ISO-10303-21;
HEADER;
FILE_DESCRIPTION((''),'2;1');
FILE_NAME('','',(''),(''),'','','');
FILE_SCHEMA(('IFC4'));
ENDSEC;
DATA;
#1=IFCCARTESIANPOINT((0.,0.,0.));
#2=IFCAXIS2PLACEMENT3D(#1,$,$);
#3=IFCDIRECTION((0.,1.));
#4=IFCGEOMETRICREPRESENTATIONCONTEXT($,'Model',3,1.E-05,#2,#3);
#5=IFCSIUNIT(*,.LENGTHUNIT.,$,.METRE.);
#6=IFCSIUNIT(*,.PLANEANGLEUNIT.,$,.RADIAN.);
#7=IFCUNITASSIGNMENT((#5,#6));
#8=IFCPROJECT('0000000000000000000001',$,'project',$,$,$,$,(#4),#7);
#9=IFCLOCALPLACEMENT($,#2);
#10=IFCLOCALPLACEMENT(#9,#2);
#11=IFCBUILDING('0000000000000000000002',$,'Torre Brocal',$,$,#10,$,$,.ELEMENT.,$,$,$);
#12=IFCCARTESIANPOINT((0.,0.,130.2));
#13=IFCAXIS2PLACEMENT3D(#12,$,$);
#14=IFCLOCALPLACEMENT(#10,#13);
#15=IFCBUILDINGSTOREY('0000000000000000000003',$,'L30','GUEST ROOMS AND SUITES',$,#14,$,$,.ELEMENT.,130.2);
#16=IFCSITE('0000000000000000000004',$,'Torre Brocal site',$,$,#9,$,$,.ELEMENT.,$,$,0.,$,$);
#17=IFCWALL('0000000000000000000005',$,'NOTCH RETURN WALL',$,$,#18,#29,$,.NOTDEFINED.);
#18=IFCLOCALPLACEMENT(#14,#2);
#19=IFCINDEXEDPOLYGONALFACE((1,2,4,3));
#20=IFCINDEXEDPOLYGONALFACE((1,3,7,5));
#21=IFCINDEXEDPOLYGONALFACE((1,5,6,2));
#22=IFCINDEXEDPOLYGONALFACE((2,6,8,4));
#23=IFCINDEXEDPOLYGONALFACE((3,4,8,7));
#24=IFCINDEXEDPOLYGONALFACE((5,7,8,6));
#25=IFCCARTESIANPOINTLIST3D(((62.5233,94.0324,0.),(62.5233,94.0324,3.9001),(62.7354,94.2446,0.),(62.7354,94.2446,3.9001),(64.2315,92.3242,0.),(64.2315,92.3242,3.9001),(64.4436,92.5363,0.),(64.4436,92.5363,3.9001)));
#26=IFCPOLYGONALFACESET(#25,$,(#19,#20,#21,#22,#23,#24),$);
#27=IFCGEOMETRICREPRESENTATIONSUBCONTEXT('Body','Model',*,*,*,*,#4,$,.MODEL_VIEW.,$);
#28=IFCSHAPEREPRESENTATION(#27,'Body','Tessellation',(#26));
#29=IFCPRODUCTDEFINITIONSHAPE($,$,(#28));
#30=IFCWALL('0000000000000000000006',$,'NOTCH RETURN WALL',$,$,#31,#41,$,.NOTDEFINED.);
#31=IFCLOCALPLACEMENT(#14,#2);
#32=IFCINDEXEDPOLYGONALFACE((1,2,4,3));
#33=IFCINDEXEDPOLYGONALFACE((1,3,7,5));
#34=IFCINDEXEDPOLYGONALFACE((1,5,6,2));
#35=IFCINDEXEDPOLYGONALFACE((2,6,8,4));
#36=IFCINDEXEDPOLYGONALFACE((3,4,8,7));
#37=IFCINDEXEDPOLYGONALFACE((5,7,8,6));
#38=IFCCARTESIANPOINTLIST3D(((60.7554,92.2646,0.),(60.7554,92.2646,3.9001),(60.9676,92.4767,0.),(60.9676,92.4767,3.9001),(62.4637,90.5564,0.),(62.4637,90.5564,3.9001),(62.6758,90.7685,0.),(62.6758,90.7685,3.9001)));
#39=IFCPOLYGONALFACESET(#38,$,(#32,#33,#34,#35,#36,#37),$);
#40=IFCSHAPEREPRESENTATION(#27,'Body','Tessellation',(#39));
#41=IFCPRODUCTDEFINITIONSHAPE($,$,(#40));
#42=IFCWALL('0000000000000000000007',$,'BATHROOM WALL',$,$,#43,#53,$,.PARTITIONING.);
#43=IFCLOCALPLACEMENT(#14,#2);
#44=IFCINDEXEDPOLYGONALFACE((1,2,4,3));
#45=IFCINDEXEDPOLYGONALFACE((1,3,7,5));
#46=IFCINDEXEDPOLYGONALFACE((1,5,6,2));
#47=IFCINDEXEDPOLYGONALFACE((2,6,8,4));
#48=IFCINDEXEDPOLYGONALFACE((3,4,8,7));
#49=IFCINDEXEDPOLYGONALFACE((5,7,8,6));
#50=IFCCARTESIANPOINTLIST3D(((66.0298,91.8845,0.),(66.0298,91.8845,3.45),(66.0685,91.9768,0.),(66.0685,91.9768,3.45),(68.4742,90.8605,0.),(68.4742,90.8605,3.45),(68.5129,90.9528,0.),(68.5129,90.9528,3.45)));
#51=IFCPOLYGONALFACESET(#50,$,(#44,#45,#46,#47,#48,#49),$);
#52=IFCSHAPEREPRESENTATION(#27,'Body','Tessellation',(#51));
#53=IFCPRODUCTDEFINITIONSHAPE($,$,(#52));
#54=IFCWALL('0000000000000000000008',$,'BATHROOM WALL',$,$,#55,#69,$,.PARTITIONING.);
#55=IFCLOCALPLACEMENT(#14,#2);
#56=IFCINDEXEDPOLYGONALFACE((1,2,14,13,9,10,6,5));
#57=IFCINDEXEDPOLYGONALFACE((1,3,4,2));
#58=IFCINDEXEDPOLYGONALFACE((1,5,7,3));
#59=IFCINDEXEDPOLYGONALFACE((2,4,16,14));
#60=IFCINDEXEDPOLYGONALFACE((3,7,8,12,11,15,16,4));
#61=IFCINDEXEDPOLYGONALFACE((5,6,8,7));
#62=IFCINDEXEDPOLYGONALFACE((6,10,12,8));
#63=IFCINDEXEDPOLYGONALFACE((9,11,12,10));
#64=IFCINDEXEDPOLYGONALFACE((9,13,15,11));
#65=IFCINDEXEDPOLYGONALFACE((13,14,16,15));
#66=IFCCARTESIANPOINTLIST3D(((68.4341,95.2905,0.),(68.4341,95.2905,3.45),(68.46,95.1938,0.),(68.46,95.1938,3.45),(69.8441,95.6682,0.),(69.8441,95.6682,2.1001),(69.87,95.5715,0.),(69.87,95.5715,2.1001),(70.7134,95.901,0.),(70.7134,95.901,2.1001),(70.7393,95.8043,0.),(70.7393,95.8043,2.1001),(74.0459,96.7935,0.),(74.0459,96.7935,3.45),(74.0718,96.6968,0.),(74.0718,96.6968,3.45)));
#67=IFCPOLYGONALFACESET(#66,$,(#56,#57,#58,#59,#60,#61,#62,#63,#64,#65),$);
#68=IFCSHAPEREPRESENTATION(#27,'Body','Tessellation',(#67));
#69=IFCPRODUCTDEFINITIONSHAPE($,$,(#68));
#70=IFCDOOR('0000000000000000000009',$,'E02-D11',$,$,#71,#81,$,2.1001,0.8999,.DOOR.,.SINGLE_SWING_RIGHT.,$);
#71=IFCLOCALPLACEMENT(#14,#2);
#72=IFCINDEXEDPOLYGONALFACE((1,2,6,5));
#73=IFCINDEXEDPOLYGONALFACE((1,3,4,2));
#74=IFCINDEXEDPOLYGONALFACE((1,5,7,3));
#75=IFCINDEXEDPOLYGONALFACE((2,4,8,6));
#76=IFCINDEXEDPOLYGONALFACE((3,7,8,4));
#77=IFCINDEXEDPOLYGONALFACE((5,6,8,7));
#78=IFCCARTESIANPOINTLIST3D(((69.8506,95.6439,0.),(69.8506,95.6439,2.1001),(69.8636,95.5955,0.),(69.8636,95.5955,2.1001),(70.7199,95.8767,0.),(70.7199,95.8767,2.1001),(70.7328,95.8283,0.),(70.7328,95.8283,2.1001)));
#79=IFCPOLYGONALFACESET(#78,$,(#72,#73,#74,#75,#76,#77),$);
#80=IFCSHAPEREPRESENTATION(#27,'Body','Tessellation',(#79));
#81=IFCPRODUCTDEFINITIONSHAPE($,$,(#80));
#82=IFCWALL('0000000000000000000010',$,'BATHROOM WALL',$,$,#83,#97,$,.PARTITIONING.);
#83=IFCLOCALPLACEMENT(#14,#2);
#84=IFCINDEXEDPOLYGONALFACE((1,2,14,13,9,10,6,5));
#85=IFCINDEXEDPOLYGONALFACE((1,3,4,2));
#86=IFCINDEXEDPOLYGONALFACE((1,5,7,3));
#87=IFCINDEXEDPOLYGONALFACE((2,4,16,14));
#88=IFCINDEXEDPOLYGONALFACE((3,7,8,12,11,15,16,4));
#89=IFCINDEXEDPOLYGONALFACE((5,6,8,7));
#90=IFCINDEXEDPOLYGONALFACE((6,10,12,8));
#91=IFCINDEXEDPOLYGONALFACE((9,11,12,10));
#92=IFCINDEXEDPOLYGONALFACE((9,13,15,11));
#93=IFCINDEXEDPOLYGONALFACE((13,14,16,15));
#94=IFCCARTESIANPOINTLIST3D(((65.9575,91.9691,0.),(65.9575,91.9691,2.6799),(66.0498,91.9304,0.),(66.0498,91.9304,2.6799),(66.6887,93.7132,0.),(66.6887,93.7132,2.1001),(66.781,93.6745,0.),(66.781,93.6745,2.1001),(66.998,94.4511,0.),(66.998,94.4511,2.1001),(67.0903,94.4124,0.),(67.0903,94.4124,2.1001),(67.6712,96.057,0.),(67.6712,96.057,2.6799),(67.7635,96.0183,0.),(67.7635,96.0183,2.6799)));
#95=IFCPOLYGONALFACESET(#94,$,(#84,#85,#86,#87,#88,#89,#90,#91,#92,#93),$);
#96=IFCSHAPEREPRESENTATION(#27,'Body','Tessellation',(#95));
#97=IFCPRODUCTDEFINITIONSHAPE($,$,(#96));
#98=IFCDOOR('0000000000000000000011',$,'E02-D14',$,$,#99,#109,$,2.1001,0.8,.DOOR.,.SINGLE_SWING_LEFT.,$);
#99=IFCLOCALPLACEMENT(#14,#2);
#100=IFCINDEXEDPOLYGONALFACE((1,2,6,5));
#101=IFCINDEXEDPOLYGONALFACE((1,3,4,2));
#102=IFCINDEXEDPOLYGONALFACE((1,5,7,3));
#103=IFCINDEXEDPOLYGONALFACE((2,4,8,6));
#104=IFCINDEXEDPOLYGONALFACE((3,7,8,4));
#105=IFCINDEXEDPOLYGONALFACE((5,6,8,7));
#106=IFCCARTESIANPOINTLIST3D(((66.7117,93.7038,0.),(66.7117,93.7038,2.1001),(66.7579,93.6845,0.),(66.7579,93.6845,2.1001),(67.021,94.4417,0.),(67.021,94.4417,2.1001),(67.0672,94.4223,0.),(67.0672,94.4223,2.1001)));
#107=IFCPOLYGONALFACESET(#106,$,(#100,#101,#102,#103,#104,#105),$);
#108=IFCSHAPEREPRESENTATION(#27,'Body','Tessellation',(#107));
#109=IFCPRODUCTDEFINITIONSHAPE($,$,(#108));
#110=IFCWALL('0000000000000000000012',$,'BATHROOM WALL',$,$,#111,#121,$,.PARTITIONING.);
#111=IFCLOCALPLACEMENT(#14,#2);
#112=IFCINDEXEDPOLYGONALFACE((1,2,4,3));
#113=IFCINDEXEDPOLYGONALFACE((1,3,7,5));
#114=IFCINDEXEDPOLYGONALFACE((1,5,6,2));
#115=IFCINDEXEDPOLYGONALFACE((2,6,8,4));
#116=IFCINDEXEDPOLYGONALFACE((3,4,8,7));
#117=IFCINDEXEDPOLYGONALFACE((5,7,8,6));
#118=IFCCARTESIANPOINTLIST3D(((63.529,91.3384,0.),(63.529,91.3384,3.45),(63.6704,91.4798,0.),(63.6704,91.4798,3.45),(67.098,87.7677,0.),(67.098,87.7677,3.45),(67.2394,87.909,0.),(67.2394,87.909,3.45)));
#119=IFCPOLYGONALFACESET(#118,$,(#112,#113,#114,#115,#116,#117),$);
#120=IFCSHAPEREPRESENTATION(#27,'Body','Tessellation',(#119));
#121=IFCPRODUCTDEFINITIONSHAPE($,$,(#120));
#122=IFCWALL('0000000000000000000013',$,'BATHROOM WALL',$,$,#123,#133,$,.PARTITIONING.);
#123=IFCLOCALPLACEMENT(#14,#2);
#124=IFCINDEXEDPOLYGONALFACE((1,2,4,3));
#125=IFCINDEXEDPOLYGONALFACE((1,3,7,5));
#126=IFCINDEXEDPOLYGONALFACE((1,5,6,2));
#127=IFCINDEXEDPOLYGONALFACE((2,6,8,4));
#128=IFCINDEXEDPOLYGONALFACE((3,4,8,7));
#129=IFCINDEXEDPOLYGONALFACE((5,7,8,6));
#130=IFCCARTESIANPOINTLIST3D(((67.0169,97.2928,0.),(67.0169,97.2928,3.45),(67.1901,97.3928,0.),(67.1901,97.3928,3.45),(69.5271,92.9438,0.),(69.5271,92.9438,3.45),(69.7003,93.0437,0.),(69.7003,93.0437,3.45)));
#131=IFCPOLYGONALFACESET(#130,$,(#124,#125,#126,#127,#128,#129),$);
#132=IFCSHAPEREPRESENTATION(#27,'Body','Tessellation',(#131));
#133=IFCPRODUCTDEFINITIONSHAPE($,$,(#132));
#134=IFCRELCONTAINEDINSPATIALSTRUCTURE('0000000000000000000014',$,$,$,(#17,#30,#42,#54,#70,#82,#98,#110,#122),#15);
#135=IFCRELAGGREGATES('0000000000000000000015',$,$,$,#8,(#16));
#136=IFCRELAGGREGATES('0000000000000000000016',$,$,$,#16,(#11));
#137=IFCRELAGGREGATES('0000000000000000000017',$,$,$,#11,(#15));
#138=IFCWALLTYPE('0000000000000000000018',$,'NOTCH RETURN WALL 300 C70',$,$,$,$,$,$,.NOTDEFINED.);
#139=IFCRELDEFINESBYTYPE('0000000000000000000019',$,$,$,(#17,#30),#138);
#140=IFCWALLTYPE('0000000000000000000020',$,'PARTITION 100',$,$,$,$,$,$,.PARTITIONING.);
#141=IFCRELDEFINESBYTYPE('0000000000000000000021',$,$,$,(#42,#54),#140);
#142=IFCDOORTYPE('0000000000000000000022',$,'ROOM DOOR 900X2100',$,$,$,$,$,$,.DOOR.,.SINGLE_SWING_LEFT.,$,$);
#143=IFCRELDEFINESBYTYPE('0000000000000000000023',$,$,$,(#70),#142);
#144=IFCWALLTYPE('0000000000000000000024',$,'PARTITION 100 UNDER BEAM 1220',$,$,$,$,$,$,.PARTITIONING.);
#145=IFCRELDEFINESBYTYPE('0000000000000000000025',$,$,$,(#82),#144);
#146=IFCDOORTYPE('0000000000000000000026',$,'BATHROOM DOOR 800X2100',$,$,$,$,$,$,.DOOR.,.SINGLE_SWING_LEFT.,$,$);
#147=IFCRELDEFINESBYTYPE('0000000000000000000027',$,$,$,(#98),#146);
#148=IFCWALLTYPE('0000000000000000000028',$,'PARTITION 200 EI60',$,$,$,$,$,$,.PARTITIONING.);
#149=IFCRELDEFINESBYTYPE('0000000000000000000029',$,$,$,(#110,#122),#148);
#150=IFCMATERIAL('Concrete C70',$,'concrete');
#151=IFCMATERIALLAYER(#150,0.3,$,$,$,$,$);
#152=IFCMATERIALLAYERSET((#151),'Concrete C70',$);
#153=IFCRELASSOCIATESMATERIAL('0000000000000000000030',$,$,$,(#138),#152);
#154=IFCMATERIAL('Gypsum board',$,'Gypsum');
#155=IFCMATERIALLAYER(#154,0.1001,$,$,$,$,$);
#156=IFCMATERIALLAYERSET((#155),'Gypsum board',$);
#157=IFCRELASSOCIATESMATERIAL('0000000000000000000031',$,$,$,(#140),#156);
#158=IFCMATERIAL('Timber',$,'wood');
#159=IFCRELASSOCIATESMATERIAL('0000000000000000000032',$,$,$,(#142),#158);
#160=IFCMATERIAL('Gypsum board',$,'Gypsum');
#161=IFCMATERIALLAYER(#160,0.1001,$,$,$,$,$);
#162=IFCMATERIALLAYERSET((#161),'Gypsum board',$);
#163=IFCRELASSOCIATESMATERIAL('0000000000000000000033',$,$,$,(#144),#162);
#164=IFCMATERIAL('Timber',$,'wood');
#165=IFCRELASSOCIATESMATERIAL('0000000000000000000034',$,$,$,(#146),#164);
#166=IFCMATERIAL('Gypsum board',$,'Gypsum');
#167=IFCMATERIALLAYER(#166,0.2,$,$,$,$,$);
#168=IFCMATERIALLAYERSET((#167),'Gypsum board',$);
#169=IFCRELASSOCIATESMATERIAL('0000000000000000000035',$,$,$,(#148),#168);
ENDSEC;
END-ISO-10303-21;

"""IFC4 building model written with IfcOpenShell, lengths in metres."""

from ifc_helpers import new_model, si_unit, direction, frame, frame_2d, origin, place, context, subcontext, project, spatial, rectangle, extrude, material, layer, layer_set, type_object, element, fill, save


model = new_model("IFC4")

# Units and contexts
model_context = context("Model", 3, precision=1e-05, world=origin(), true_north=direction((0.0, 1.0)))
body_context = subcontext(model_context, "Body", "Model", "MODEL_VIEW")
ifc_project = project(units=[si_unit("LENGTHUNIT", "METRE"), si_unit("PLANEANGLEUNIT", "RADIAN")], contexts=[model_context])

# Site, building, storey
site_placement = place(None, origin())
site = spatial("IfcSite", under=ifc_project, at=site_placement, Name="Torre Brocal site", CompositionType="ELEMENT", RefElevation=0.0)
building_placement = place(site_placement, origin())
building = spatial("IfcBuilding", under=site, at=building_placement, Name="Torre Brocal", CompositionType="ELEMENT")
storey_placement = place(building_placement, frame((0.0, 0.0, 130.2)))
storey = spatial("IfcBuildingStorey", under=building, at=storey_placement, Name="L30", Description="GUEST ROOMS AND SUITES", CompositionType="ELEMENT", Elevation=130.2)

# Walls
ifc_material_1 = material(Name="Concrete C70", Category="concrete")
ifc_layer_1 = layer(ifc_material_1, 0.3)
ifc_layer_set_1 = layer_set([ifc_layer_1], Name="Concrete C70")
wall_type_1 = type_object("IfcWallType", Name="NOTCH RETURN WALL 300 C70", PredefinedType="NOTDEFINED", material=ifc_layer_set_1)
for number, where, z_axis, x_axis, name in (
    (1, (64.3376, 92.4302, 0.0), (0.0, 0.0, 1.0), (-0.707107, 0.707107, 0.0), "NOTCH RETURN WALL"),
    (2, (62.5698, 90.6624, 0.0), (0.0, 0.0, 1.0), (-0.707107, 0.707107, 0.0), "NOTCH RETURN WALL"),
):
    element("IfcWall", number, at=place(storey_placement, frame(where, z_axis=z_axis, x_axis=x_axis)), inside=storey, type_object=wall_type_1, Name=name, PredefinedType="NOTDEFINED", context=body_context, shape_type="SweptSolid", body=[
        extrude(rectangle(XDim=2.4158, YDim=0.3, at=frame_2d((1.208, 0.0))), origin(), (0.0, 0.0, 1.0), 3.9001),
    ])
ifc_material_2 = material(Name="Gypsum board", Category="Gypsum")
ifc_layer_2 = layer(ifc_material_2, 0.1001)
ifc_layer_set_2 = layer_set([ifc_layer_2], Name="Gypsum board")
wall_type_2 = type_object("IfcWallType", Name="PARTITION 100", PredefinedType="PARTITIONING", material=ifc_layer_set_2)
wall_1_placement = place(storey_placement, frame((66.0491, 91.9307, 0.0), z_axis=(0.0, 0.0, 1.0), x_axis=(0.922345, -0.386368, 0.0)))
element("IfcWall", 3, at=wall_1_placement, inside=storey, type_object=wall_type_2, Name="BATHROOM WALL", PredefinedType="PARTITIONING", context=body_context, shape_type="SweptSolid", body=[
    extrude(rectangle(XDim=2.6501, YDim=0.1001, at=frame_2d((1.3252, 0.0))), origin(), (0.0, 0.0, 1.0), 3.45),
])

# Walls, openings, doors
wall_2_placement = place(storey_placement, frame((68.447, 95.2422, 0.0), z_axis=(0.0, 0.0, 1.0), x_axis=(0.965958, 0.258698, 0.0)))
wall_2 = element("IfcWall", 4, at=wall_2_placement, inside=storey, type_object=wall_type_2, Name="BATHROOM WALL", PredefinedType="PARTITIONING", context=body_context, shape_type="SweptSolid", body=[
    extrude(rectangle(XDim=5.8096, YDim=0.1001, at=frame_2d((2.9048, 0.0))), origin(), (0.0, 0.0, 1.0), 3.45),
])
opening_1_placement = place(wall_2_placement, frame((1.4597, 0.0, 0.0)))
opening_1 = element("IfcOpeningElement", 5, at=opening_1_placement, cuts=wall_2, PredefinedType="OPENING", context=body_context, shape_type="SweptSolid", body=[
    extrude(rectangle(XDim=0.8999, YDim=2.1001, at=frame_2d((0.45, 1.05))), frame((0.0, 0.0601, 0.0), z_axis=(0.0, -1.0, 0.0), x_axis=(1.0, 0.0, 0.0)), (0.0, 0.0, 1.0), 0.1201),
])
ifc_material_3 = material(Name="Timber", Category="wood")
door_type_1 = type_object("IfcDoorType", Name="ROOM DOOR 900X2100", OperationType="SINGLE_SWING_LEFT", PredefinedType="DOOR", material=ifc_material_3)
door_1_placement = place(opening_1_placement, origin())
door_1 = element("IfcDoor", 6, at=door_1_placement, inside=storey, type_object=door_type_1, Name="E02-D11", OperationType="SINGLE_SWING_RIGHT", OverallHeight=2.1001, OverallWidth=0.8999, PredefinedType="DOOR", context=body_context, shape_type="SweptSolid", body=[
    extrude(rectangle(XDim=0.8999, YDim=2.1001, at=frame_2d((0.45, 1.05))), frame((0.0, 0.0249, 0.0), z_axis=(0.0, -1.0, 0.0), x_axis=(1.0, 0.0, 0.0)), (0.0, 0.0, 1.0), 0.05),
])
fill(opening_1, door_1)
ifc_material_4 = material(Name="Gypsum board", Category="Gypsum")
ifc_layer_3 = layer(ifc_material_4, 0.1001)
ifc_layer_set_3 = layer_set([ifc_layer_3], Name="Gypsum board")
wall_type_3 = type_object("IfcWallType", Name="PARTITION 100 UNDER BEAM 1220", PredefinedType="PARTITIONING", material=ifc_layer_set_3)
wall_3_placement = place(storey_placement, frame((66.0037, 91.9497, 0.0), z_axis=(0.0, 0.0, 1.0), x_axis=(0.386601, 0.922247, 0.0)))
wall_3 = element("IfcWall", 7, at=wall_3_placement, inside=storey, type_object=wall_type_3, Name="BATHROOM WALL", PredefinedType="PARTITIONING", context=body_context, shape_type="SweptSolid", body=[
    extrude(rectangle(XDim=4.4326, YDim=0.1001, at=frame_2d((2.2163, 0.0))), origin(), (0.0, 0.0, 1.0), 2.6799),
])
opening_2_placement = place(wall_3_placement, frame((1.8914, 0.0, 0.0)))
opening_2 = element("IfcOpeningElement", 8, at=opening_2_placement, cuts=wall_3, PredefinedType="OPENING", context=body_context, shape_type="SweptSolid", body=[
    extrude(rectangle(XDim=0.8, YDim=2.1001, at=frame_2d((0.3999, 1.05))), frame((0.0, 0.0601, 0.0), z_axis=(0.0, -1.0, 0.0), x_axis=(1.0, 0.0, 0.0)), (0.0, 0.0, 1.0), 0.1201),
])
ifc_material_5 = material(Name="Timber", Category="wood")
door_type_2 = type_object("IfcDoorType", Name="BATHROOM DOOR 800X2100", OperationType="SINGLE_SWING_LEFT", PredefinedType="DOOR", material=ifc_material_5)
door_2_placement = place(opening_2_placement, frame((0.8, 0.0, 0.0), z_axis=(0.0, 0.0, 1.0), x_axis=(-1.0, 0.0, 0.0)))
door_2 = element("IfcDoor", 9, at=door_2_placement, inside=storey, type_object=door_type_2, Name="E02-D14", OperationType="SINGLE_SWING_LEFT", OverallHeight=2.1001, OverallWidth=0.8, PredefinedType="DOOR", context=body_context, shape_type="SweptSolid", body=[
    extrude(rectangle(XDim=0.8, YDim=2.1001, at=frame_2d((0.3999, 1.05))), frame((0.0, 0.0249, 0.0), z_axis=(0.0, -1.0, 0.0), x_axis=(1.0, 0.0, 0.0)), (0.0, 0.0, 1.0), 0.05),
])
fill(opening_2, door_2)

# Walls
ifc_material_6 = material(Name="Gypsum board", Category="Gypsum")
ifc_layer_4 = layer(ifc_material_6, 0.2)
ifc_layer_set_4 = layer_set([ifc_layer_4], Name="Gypsum board")
wall_type_4 = type_object("IfcWallType", Name="PARTITION 200 EI60", PredefinedType="PARTITIONING", material=ifc_layer_set_4)
wall_4_placement = place(storey_placement, frame((63.5996, 91.4092, 0.0), z_axis=(0.0, 0.0, 1.0), x_axis=(0.706938, -0.707276, 0.0)))
element("IfcWall", 10, at=wall_4_placement, inside=storey, type_object=wall_type_4, Name="BATHROOM WALL", PredefinedType="PARTITIONING", context=body_context, shape_type="SweptSolid", body=[
    extrude(rectangle(XDim=5.0486, YDim=0.2, at=frame_2d((2.5244, 0.0))), origin(), (0.0, 0.0, 1.0), 3.45),
])
wall_5_placement = place(storey_placement, frame((67.1035, 97.3428, 0.0), z_axis=(0.0, 0.0, 1.0), x_axis=(0.499894, -0.866087, 0.0)))
element("IfcWall", 11, at=wall_5_placement, inside=storey, type_object=wall_type_4, Name="BATHROOM WALL", PredefinedType="PARTITIONING", context=body_context, shape_type="SweptSolid", body=[
    extrude(rectangle(XDim=5.0215, YDim=0.2, at=frame_2d((2.5107, 0.0))), origin(), (0.0, 0.0, 1.0), 3.45),
])

save(model, "model.ifc")
